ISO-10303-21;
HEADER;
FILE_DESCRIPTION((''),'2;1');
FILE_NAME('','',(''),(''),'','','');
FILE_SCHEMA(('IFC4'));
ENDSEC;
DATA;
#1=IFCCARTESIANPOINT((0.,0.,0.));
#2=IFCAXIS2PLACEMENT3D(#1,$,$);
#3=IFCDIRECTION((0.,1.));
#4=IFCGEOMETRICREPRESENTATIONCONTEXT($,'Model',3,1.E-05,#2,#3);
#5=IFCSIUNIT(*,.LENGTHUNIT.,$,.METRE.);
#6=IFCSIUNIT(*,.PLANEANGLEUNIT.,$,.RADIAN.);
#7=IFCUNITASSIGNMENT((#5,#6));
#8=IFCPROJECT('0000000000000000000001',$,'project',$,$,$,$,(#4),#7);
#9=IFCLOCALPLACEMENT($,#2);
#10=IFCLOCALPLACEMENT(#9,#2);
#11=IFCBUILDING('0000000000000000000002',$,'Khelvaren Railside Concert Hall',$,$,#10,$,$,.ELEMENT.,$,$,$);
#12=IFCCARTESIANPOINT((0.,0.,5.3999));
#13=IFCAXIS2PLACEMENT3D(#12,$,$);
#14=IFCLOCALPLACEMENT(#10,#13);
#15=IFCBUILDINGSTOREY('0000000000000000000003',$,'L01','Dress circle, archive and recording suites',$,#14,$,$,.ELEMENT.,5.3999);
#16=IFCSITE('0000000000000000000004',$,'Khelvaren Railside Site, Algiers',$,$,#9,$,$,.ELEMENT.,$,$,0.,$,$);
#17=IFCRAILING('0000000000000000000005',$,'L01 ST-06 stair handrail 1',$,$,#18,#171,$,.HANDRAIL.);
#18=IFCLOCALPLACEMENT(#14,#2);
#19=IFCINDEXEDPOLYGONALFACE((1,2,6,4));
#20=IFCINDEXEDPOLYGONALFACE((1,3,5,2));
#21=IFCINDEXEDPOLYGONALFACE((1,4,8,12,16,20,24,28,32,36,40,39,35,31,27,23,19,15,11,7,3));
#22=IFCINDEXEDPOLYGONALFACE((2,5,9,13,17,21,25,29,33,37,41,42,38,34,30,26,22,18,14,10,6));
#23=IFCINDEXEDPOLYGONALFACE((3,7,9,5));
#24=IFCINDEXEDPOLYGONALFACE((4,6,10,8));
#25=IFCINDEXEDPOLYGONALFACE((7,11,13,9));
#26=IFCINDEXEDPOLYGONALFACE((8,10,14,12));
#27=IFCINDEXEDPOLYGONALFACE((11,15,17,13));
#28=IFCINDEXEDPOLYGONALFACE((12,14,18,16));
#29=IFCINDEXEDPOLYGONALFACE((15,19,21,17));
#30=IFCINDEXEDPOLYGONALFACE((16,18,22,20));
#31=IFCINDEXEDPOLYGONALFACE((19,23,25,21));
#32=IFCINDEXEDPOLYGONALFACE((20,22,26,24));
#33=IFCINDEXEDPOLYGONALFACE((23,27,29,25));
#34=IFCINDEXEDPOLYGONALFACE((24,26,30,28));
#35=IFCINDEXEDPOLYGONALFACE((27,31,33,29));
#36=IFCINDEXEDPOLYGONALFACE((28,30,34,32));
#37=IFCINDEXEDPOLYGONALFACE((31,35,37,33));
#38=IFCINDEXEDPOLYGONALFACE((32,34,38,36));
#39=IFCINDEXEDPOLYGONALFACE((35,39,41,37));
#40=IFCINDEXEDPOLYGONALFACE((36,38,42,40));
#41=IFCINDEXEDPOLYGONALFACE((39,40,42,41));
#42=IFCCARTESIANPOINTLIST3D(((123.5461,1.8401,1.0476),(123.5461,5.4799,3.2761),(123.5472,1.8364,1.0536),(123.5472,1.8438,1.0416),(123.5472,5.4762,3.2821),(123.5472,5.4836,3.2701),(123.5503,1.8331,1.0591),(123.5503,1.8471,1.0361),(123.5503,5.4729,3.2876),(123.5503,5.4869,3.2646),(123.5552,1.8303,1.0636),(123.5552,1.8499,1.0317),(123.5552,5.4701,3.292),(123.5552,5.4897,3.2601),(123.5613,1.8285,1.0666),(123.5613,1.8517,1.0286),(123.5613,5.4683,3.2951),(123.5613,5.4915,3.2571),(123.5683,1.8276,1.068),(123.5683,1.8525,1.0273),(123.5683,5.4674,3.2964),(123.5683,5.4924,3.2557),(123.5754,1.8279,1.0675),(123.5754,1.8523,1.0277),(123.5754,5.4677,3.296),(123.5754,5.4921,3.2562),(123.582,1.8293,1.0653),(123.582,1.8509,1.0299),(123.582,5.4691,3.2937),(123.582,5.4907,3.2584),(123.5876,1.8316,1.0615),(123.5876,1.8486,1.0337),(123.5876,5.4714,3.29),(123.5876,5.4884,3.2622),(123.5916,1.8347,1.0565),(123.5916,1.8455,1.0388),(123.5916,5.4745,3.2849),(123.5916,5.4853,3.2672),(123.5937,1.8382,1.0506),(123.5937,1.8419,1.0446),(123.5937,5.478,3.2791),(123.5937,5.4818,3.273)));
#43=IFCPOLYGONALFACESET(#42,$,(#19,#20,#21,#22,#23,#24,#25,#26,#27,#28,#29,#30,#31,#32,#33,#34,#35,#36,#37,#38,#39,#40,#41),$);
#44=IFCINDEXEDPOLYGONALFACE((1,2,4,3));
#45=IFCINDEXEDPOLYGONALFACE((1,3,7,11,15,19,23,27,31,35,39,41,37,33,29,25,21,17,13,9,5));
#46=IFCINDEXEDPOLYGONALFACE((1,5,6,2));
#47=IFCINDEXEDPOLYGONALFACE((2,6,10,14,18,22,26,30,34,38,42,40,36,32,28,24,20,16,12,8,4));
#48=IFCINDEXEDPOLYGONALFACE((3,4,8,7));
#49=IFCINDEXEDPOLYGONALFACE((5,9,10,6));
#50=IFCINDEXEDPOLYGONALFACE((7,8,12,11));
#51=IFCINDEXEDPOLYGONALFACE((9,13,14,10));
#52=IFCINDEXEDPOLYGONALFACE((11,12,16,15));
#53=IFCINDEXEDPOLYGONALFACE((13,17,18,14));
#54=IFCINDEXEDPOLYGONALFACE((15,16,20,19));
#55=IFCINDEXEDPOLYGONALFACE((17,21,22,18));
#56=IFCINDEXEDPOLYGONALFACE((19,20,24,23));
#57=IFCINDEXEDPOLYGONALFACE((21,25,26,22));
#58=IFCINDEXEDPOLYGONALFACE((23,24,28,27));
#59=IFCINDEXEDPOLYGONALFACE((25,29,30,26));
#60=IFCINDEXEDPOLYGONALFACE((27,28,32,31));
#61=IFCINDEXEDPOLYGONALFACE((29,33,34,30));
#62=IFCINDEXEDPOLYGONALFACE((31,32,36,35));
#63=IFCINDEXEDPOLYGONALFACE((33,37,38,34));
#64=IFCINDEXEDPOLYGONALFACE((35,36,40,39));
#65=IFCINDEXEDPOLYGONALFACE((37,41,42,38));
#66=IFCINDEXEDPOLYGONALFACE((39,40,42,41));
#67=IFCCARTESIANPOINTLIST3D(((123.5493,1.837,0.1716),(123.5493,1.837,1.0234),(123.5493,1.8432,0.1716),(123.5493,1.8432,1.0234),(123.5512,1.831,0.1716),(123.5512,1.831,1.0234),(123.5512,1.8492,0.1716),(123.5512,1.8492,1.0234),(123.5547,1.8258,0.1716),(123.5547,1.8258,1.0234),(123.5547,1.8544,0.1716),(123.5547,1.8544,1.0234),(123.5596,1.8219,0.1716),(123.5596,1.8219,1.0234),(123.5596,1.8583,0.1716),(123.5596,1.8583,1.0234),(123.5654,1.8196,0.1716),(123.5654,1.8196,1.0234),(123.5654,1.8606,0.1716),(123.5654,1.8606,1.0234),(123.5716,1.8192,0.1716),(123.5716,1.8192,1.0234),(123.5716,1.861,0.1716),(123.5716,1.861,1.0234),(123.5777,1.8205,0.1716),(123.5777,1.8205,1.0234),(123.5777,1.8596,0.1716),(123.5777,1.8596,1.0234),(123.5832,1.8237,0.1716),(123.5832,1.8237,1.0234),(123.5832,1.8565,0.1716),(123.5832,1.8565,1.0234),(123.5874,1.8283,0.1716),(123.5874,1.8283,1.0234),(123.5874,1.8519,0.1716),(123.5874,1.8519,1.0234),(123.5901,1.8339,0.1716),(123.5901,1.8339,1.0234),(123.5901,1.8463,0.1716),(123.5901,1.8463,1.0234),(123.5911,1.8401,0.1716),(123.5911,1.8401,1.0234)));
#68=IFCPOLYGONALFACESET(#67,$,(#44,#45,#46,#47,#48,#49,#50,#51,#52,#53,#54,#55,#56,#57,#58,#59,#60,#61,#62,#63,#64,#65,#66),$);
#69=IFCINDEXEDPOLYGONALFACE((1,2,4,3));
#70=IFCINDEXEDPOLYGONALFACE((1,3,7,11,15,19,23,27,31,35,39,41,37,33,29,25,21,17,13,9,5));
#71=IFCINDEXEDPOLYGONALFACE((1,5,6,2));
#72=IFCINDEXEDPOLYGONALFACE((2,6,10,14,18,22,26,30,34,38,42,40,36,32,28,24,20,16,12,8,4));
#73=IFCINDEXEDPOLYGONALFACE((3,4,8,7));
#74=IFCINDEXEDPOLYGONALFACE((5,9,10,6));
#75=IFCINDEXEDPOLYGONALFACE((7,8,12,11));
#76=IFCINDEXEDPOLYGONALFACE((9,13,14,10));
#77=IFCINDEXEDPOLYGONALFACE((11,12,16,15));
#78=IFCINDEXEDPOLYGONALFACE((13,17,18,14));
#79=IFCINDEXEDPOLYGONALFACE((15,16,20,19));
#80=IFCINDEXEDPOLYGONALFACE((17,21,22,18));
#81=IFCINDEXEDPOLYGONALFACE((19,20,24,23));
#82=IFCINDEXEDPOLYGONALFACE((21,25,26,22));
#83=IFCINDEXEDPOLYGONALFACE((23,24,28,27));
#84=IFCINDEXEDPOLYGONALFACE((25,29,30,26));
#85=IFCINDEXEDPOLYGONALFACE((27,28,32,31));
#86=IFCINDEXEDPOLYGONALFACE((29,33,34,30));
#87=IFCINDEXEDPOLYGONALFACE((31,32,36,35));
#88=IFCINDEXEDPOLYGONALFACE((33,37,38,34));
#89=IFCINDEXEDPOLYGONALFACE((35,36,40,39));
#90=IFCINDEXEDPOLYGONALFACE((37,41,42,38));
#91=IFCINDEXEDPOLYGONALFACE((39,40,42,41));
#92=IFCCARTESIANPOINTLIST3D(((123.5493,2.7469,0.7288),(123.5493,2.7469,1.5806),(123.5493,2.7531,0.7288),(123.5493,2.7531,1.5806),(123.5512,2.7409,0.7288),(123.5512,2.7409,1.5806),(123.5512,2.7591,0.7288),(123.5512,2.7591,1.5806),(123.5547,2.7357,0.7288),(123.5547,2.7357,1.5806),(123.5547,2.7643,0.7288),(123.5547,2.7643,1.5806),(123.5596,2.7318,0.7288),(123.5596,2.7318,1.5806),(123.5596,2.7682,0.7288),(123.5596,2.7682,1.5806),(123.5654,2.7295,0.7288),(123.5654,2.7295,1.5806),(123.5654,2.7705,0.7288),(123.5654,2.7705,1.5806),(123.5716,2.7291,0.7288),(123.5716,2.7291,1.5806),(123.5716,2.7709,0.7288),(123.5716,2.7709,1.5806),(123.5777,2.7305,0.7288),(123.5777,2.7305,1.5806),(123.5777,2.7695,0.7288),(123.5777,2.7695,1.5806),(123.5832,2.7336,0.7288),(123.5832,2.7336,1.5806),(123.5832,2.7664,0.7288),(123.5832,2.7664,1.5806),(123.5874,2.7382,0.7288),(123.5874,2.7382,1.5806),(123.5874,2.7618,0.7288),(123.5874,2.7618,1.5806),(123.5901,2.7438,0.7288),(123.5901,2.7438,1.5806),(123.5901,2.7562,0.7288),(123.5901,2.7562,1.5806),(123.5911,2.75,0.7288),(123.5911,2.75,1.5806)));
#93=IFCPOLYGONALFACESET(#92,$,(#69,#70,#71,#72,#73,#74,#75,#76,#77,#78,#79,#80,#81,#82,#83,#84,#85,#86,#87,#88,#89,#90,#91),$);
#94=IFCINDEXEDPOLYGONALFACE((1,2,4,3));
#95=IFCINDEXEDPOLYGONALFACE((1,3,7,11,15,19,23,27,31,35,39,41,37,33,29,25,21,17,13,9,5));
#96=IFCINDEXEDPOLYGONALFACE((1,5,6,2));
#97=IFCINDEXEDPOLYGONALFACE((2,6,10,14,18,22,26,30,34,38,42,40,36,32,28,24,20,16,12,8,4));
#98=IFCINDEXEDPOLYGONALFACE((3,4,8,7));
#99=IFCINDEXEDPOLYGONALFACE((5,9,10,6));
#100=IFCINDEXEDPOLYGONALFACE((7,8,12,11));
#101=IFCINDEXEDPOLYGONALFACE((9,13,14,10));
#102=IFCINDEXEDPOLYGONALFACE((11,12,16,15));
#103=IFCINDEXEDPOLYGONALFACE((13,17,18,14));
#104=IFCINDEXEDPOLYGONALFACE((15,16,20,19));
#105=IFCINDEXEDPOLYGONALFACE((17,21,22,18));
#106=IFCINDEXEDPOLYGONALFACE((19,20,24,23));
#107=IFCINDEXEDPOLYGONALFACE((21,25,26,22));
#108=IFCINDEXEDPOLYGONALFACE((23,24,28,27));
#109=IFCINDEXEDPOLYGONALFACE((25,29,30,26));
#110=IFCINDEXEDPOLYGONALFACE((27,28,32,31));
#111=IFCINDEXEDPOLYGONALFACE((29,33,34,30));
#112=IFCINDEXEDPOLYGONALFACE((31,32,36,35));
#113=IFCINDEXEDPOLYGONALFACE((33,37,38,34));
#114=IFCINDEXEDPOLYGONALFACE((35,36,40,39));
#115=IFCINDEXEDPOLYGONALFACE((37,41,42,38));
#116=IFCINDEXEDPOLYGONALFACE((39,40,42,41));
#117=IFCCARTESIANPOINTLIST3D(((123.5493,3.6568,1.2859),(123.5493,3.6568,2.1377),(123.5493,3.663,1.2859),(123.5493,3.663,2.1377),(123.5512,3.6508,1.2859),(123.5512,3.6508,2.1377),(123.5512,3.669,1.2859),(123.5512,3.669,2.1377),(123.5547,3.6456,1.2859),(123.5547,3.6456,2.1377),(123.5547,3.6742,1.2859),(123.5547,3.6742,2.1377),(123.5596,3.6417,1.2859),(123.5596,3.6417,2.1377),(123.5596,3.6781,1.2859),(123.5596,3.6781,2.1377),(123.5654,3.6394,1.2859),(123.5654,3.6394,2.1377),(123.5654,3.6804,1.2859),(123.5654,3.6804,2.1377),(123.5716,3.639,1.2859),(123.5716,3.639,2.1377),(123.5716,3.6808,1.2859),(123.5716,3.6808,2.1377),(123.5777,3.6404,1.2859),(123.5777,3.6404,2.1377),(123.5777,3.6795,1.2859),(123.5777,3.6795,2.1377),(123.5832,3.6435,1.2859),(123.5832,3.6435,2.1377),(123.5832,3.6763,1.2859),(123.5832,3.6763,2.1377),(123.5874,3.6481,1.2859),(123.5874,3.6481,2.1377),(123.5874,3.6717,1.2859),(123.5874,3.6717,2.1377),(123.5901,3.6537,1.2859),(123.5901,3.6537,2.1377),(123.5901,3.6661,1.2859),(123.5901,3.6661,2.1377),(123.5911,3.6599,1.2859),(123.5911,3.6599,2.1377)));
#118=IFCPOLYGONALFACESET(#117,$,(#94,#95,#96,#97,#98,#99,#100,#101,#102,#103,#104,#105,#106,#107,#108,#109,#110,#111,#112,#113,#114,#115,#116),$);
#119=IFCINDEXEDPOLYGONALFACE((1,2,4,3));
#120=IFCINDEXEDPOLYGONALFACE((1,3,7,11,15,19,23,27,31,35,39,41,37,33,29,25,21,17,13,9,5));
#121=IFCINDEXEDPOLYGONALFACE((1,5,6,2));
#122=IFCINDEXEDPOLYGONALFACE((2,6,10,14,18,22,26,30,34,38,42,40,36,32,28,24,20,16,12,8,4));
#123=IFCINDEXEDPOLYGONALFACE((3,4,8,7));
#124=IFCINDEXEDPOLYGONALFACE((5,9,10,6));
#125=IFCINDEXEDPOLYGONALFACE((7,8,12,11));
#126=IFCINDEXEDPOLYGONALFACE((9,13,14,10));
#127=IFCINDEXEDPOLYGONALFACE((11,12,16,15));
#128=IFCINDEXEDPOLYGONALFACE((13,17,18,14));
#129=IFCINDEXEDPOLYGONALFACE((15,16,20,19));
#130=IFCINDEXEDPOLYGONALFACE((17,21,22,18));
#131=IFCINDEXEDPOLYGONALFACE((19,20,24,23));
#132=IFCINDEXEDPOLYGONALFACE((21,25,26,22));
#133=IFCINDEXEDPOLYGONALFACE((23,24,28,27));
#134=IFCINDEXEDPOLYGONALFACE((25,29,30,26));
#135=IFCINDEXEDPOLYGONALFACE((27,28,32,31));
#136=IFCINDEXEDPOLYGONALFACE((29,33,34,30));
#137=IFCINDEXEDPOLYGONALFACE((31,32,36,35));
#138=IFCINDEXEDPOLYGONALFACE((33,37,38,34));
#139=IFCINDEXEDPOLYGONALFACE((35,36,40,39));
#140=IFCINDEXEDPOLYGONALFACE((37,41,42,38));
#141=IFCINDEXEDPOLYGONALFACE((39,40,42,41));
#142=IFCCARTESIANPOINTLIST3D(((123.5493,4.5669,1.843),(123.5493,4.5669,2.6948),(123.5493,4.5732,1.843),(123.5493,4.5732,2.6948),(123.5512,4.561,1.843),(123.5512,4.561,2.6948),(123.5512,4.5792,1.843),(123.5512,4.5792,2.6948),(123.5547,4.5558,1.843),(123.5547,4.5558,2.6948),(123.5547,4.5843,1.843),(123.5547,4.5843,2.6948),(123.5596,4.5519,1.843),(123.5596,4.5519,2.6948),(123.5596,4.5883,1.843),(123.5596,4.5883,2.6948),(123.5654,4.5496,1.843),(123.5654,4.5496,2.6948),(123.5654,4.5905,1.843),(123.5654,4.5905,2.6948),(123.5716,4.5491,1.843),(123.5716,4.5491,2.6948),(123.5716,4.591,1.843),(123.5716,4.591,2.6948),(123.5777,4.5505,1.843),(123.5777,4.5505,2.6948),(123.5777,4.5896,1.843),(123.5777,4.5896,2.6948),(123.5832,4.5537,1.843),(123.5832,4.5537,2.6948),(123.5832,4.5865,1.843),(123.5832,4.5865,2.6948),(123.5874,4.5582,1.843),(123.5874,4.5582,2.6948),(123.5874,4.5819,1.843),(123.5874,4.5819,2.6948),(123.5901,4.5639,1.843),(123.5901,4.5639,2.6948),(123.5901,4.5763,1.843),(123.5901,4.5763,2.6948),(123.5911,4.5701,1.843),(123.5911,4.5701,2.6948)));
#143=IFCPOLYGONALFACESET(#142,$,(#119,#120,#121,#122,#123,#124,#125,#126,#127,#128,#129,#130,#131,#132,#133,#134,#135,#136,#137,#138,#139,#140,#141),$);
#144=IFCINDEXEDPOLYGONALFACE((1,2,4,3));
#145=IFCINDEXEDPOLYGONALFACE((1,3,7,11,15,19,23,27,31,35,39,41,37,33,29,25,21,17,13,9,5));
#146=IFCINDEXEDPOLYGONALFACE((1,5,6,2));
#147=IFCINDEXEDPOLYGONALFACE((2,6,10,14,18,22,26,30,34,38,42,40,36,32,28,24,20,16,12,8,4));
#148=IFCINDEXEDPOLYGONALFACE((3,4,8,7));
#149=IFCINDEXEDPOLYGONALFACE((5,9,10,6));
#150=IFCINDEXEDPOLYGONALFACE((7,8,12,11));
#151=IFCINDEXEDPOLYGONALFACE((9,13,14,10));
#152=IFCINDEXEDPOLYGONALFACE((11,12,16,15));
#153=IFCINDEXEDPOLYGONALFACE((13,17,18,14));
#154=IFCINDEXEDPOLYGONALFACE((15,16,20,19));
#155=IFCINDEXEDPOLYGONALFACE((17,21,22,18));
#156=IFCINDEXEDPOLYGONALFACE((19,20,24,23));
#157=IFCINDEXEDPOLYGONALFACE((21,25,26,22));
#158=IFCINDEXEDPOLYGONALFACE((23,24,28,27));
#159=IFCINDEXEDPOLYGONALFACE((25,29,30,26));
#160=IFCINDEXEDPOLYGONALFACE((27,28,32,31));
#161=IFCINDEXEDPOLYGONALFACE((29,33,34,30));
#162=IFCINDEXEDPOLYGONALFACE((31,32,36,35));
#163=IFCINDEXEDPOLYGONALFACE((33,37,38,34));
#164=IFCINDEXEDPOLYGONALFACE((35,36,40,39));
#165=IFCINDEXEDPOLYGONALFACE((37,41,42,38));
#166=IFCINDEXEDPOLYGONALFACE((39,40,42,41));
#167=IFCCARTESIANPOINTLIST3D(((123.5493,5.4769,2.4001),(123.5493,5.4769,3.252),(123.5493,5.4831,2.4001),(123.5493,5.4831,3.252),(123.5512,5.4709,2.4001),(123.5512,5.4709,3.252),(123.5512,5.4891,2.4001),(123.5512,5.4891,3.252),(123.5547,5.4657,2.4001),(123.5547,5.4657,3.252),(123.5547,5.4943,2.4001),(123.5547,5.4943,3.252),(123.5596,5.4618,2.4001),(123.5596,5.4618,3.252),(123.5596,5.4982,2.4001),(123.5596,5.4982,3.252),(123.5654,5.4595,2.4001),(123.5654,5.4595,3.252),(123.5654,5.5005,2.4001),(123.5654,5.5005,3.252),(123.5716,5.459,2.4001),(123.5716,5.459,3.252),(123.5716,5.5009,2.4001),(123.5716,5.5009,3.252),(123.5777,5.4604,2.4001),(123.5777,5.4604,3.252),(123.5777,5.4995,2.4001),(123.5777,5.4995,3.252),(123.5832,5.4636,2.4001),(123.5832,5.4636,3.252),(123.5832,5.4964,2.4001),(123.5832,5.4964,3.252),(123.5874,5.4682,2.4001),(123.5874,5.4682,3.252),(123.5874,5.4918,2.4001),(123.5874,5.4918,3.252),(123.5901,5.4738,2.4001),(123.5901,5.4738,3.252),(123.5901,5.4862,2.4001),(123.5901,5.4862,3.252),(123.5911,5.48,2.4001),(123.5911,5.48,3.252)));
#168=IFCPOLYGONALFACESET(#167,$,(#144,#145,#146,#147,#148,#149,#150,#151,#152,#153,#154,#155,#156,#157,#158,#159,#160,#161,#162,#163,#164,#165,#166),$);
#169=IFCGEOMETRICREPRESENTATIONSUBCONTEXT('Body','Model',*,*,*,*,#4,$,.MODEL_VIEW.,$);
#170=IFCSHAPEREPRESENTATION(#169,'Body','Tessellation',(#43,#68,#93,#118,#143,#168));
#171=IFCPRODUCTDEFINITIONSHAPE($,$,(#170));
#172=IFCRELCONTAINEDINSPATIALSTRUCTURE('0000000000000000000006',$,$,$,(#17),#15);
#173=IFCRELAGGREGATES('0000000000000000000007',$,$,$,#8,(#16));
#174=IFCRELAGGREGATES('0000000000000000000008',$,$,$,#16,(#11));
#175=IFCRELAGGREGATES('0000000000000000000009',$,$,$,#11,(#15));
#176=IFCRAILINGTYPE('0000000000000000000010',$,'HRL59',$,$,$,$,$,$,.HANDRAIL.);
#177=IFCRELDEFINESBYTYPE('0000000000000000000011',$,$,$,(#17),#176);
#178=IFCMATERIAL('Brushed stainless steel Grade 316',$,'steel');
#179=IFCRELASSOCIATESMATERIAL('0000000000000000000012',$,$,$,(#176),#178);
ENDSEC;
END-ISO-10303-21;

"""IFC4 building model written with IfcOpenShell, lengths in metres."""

from ifc_helpers import new_model, si_unit, direction, frame, origin, origin_2d, place, context, subcontext, project, spatial, circle, extrude, material, type_object, element, save


model = new_model("IFC4")

# Units and contexts
model_context = context("Model", 3, precision=1e-05, world=origin(), true_north=direction((0.0, 1.0)))
body_context = subcontext(model_context, "Body", "Model", "MODEL_VIEW")
ifc_project = project(units=[si_unit("LENGTHUNIT", "METRE"), si_unit("PLANEANGLEUNIT", "RADIAN")], contexts=[model_context])

# Site, building, storey
site_placement = place(None, origin())
site = spatial("IfcSite", under=ifc_project, at=site_placement, Name="Khelvaren Railside Site, Algiers", CompositionType="ELEMENT", RefElevation=0.0)
building_placement = place(site_placement, origin())
building = spatial("IfcBuilding", under=site, at=building_placement, Name="Khelvaren Railside Concert Hall", CompositionType="ELEMENT")
storey_placement = place(building_placement, frame((0.0, 0.0, 5.3999)))
storey = spatial("IfcBuildingStorey", under=building, at=storey_placement, Name="L01", Description="Dress circle, archive and recording suites", CompositionType="ELEMENT", Elevation=5.3999)

# Railing
ifc_material_1 = material(Name="Brushed stainless steel Grade 316", Category="steel")
railing_type_1 = type_object("IfcRailingType", Name="HRL59", PredefinedType="HANDRAIL", material=ifc_material_1)
railing_1_placement = place(storey_placement, frame((123.5701, 1.8401, 0.1716)))
element("IfcRailing", 1, at=railing_1_placement, inside=storey, type_object=railing_type_1, Name="L01 ST-06 stair handrail 1", PredefinedType="HANDRAIL", context=body_context, shape_type="SweptSolid", body=[
    extrude(circle(Radius=0.0239, at=origin_2d()), frame((0.0, 0.0, 0.876), z_axis=(0.0, 0.85285, 0.522156), x_axis=(-1.0, 0.0, 0.0)), (0.0, 0.0, 1.0), 4.2678),
    extrude(circle(Radius=0.021, at=origin_2d()), origin(), (0.0, 0.0, 1.0), 0.8518),
    extrude(circle(Radius=0.021, at=origin_2d()), frame((0.0, 0.9099, 0.5571)), (0.0, 0.0, 1.0), 0.8518),
    extrude(circle(Radius=0.021, at=origin_2d()), frame((0.0, 1.8198, 1.1143)), (0.0, 0.0, 1.0), 0.8518),
    extrude(circle(Radius=0.021, at=origin_2d()), frame((0.0, 2.73, 1.6714)), (0.0, 0.0, 1.0), 0.8518),
    extrude(circle(Radius=0.021, at=origin_2d()), frame((0.0, 3.6399, 2.2285)), (0.0, 0.0, 1.0), 0.8518),
])

save(model, "model.ifc")
